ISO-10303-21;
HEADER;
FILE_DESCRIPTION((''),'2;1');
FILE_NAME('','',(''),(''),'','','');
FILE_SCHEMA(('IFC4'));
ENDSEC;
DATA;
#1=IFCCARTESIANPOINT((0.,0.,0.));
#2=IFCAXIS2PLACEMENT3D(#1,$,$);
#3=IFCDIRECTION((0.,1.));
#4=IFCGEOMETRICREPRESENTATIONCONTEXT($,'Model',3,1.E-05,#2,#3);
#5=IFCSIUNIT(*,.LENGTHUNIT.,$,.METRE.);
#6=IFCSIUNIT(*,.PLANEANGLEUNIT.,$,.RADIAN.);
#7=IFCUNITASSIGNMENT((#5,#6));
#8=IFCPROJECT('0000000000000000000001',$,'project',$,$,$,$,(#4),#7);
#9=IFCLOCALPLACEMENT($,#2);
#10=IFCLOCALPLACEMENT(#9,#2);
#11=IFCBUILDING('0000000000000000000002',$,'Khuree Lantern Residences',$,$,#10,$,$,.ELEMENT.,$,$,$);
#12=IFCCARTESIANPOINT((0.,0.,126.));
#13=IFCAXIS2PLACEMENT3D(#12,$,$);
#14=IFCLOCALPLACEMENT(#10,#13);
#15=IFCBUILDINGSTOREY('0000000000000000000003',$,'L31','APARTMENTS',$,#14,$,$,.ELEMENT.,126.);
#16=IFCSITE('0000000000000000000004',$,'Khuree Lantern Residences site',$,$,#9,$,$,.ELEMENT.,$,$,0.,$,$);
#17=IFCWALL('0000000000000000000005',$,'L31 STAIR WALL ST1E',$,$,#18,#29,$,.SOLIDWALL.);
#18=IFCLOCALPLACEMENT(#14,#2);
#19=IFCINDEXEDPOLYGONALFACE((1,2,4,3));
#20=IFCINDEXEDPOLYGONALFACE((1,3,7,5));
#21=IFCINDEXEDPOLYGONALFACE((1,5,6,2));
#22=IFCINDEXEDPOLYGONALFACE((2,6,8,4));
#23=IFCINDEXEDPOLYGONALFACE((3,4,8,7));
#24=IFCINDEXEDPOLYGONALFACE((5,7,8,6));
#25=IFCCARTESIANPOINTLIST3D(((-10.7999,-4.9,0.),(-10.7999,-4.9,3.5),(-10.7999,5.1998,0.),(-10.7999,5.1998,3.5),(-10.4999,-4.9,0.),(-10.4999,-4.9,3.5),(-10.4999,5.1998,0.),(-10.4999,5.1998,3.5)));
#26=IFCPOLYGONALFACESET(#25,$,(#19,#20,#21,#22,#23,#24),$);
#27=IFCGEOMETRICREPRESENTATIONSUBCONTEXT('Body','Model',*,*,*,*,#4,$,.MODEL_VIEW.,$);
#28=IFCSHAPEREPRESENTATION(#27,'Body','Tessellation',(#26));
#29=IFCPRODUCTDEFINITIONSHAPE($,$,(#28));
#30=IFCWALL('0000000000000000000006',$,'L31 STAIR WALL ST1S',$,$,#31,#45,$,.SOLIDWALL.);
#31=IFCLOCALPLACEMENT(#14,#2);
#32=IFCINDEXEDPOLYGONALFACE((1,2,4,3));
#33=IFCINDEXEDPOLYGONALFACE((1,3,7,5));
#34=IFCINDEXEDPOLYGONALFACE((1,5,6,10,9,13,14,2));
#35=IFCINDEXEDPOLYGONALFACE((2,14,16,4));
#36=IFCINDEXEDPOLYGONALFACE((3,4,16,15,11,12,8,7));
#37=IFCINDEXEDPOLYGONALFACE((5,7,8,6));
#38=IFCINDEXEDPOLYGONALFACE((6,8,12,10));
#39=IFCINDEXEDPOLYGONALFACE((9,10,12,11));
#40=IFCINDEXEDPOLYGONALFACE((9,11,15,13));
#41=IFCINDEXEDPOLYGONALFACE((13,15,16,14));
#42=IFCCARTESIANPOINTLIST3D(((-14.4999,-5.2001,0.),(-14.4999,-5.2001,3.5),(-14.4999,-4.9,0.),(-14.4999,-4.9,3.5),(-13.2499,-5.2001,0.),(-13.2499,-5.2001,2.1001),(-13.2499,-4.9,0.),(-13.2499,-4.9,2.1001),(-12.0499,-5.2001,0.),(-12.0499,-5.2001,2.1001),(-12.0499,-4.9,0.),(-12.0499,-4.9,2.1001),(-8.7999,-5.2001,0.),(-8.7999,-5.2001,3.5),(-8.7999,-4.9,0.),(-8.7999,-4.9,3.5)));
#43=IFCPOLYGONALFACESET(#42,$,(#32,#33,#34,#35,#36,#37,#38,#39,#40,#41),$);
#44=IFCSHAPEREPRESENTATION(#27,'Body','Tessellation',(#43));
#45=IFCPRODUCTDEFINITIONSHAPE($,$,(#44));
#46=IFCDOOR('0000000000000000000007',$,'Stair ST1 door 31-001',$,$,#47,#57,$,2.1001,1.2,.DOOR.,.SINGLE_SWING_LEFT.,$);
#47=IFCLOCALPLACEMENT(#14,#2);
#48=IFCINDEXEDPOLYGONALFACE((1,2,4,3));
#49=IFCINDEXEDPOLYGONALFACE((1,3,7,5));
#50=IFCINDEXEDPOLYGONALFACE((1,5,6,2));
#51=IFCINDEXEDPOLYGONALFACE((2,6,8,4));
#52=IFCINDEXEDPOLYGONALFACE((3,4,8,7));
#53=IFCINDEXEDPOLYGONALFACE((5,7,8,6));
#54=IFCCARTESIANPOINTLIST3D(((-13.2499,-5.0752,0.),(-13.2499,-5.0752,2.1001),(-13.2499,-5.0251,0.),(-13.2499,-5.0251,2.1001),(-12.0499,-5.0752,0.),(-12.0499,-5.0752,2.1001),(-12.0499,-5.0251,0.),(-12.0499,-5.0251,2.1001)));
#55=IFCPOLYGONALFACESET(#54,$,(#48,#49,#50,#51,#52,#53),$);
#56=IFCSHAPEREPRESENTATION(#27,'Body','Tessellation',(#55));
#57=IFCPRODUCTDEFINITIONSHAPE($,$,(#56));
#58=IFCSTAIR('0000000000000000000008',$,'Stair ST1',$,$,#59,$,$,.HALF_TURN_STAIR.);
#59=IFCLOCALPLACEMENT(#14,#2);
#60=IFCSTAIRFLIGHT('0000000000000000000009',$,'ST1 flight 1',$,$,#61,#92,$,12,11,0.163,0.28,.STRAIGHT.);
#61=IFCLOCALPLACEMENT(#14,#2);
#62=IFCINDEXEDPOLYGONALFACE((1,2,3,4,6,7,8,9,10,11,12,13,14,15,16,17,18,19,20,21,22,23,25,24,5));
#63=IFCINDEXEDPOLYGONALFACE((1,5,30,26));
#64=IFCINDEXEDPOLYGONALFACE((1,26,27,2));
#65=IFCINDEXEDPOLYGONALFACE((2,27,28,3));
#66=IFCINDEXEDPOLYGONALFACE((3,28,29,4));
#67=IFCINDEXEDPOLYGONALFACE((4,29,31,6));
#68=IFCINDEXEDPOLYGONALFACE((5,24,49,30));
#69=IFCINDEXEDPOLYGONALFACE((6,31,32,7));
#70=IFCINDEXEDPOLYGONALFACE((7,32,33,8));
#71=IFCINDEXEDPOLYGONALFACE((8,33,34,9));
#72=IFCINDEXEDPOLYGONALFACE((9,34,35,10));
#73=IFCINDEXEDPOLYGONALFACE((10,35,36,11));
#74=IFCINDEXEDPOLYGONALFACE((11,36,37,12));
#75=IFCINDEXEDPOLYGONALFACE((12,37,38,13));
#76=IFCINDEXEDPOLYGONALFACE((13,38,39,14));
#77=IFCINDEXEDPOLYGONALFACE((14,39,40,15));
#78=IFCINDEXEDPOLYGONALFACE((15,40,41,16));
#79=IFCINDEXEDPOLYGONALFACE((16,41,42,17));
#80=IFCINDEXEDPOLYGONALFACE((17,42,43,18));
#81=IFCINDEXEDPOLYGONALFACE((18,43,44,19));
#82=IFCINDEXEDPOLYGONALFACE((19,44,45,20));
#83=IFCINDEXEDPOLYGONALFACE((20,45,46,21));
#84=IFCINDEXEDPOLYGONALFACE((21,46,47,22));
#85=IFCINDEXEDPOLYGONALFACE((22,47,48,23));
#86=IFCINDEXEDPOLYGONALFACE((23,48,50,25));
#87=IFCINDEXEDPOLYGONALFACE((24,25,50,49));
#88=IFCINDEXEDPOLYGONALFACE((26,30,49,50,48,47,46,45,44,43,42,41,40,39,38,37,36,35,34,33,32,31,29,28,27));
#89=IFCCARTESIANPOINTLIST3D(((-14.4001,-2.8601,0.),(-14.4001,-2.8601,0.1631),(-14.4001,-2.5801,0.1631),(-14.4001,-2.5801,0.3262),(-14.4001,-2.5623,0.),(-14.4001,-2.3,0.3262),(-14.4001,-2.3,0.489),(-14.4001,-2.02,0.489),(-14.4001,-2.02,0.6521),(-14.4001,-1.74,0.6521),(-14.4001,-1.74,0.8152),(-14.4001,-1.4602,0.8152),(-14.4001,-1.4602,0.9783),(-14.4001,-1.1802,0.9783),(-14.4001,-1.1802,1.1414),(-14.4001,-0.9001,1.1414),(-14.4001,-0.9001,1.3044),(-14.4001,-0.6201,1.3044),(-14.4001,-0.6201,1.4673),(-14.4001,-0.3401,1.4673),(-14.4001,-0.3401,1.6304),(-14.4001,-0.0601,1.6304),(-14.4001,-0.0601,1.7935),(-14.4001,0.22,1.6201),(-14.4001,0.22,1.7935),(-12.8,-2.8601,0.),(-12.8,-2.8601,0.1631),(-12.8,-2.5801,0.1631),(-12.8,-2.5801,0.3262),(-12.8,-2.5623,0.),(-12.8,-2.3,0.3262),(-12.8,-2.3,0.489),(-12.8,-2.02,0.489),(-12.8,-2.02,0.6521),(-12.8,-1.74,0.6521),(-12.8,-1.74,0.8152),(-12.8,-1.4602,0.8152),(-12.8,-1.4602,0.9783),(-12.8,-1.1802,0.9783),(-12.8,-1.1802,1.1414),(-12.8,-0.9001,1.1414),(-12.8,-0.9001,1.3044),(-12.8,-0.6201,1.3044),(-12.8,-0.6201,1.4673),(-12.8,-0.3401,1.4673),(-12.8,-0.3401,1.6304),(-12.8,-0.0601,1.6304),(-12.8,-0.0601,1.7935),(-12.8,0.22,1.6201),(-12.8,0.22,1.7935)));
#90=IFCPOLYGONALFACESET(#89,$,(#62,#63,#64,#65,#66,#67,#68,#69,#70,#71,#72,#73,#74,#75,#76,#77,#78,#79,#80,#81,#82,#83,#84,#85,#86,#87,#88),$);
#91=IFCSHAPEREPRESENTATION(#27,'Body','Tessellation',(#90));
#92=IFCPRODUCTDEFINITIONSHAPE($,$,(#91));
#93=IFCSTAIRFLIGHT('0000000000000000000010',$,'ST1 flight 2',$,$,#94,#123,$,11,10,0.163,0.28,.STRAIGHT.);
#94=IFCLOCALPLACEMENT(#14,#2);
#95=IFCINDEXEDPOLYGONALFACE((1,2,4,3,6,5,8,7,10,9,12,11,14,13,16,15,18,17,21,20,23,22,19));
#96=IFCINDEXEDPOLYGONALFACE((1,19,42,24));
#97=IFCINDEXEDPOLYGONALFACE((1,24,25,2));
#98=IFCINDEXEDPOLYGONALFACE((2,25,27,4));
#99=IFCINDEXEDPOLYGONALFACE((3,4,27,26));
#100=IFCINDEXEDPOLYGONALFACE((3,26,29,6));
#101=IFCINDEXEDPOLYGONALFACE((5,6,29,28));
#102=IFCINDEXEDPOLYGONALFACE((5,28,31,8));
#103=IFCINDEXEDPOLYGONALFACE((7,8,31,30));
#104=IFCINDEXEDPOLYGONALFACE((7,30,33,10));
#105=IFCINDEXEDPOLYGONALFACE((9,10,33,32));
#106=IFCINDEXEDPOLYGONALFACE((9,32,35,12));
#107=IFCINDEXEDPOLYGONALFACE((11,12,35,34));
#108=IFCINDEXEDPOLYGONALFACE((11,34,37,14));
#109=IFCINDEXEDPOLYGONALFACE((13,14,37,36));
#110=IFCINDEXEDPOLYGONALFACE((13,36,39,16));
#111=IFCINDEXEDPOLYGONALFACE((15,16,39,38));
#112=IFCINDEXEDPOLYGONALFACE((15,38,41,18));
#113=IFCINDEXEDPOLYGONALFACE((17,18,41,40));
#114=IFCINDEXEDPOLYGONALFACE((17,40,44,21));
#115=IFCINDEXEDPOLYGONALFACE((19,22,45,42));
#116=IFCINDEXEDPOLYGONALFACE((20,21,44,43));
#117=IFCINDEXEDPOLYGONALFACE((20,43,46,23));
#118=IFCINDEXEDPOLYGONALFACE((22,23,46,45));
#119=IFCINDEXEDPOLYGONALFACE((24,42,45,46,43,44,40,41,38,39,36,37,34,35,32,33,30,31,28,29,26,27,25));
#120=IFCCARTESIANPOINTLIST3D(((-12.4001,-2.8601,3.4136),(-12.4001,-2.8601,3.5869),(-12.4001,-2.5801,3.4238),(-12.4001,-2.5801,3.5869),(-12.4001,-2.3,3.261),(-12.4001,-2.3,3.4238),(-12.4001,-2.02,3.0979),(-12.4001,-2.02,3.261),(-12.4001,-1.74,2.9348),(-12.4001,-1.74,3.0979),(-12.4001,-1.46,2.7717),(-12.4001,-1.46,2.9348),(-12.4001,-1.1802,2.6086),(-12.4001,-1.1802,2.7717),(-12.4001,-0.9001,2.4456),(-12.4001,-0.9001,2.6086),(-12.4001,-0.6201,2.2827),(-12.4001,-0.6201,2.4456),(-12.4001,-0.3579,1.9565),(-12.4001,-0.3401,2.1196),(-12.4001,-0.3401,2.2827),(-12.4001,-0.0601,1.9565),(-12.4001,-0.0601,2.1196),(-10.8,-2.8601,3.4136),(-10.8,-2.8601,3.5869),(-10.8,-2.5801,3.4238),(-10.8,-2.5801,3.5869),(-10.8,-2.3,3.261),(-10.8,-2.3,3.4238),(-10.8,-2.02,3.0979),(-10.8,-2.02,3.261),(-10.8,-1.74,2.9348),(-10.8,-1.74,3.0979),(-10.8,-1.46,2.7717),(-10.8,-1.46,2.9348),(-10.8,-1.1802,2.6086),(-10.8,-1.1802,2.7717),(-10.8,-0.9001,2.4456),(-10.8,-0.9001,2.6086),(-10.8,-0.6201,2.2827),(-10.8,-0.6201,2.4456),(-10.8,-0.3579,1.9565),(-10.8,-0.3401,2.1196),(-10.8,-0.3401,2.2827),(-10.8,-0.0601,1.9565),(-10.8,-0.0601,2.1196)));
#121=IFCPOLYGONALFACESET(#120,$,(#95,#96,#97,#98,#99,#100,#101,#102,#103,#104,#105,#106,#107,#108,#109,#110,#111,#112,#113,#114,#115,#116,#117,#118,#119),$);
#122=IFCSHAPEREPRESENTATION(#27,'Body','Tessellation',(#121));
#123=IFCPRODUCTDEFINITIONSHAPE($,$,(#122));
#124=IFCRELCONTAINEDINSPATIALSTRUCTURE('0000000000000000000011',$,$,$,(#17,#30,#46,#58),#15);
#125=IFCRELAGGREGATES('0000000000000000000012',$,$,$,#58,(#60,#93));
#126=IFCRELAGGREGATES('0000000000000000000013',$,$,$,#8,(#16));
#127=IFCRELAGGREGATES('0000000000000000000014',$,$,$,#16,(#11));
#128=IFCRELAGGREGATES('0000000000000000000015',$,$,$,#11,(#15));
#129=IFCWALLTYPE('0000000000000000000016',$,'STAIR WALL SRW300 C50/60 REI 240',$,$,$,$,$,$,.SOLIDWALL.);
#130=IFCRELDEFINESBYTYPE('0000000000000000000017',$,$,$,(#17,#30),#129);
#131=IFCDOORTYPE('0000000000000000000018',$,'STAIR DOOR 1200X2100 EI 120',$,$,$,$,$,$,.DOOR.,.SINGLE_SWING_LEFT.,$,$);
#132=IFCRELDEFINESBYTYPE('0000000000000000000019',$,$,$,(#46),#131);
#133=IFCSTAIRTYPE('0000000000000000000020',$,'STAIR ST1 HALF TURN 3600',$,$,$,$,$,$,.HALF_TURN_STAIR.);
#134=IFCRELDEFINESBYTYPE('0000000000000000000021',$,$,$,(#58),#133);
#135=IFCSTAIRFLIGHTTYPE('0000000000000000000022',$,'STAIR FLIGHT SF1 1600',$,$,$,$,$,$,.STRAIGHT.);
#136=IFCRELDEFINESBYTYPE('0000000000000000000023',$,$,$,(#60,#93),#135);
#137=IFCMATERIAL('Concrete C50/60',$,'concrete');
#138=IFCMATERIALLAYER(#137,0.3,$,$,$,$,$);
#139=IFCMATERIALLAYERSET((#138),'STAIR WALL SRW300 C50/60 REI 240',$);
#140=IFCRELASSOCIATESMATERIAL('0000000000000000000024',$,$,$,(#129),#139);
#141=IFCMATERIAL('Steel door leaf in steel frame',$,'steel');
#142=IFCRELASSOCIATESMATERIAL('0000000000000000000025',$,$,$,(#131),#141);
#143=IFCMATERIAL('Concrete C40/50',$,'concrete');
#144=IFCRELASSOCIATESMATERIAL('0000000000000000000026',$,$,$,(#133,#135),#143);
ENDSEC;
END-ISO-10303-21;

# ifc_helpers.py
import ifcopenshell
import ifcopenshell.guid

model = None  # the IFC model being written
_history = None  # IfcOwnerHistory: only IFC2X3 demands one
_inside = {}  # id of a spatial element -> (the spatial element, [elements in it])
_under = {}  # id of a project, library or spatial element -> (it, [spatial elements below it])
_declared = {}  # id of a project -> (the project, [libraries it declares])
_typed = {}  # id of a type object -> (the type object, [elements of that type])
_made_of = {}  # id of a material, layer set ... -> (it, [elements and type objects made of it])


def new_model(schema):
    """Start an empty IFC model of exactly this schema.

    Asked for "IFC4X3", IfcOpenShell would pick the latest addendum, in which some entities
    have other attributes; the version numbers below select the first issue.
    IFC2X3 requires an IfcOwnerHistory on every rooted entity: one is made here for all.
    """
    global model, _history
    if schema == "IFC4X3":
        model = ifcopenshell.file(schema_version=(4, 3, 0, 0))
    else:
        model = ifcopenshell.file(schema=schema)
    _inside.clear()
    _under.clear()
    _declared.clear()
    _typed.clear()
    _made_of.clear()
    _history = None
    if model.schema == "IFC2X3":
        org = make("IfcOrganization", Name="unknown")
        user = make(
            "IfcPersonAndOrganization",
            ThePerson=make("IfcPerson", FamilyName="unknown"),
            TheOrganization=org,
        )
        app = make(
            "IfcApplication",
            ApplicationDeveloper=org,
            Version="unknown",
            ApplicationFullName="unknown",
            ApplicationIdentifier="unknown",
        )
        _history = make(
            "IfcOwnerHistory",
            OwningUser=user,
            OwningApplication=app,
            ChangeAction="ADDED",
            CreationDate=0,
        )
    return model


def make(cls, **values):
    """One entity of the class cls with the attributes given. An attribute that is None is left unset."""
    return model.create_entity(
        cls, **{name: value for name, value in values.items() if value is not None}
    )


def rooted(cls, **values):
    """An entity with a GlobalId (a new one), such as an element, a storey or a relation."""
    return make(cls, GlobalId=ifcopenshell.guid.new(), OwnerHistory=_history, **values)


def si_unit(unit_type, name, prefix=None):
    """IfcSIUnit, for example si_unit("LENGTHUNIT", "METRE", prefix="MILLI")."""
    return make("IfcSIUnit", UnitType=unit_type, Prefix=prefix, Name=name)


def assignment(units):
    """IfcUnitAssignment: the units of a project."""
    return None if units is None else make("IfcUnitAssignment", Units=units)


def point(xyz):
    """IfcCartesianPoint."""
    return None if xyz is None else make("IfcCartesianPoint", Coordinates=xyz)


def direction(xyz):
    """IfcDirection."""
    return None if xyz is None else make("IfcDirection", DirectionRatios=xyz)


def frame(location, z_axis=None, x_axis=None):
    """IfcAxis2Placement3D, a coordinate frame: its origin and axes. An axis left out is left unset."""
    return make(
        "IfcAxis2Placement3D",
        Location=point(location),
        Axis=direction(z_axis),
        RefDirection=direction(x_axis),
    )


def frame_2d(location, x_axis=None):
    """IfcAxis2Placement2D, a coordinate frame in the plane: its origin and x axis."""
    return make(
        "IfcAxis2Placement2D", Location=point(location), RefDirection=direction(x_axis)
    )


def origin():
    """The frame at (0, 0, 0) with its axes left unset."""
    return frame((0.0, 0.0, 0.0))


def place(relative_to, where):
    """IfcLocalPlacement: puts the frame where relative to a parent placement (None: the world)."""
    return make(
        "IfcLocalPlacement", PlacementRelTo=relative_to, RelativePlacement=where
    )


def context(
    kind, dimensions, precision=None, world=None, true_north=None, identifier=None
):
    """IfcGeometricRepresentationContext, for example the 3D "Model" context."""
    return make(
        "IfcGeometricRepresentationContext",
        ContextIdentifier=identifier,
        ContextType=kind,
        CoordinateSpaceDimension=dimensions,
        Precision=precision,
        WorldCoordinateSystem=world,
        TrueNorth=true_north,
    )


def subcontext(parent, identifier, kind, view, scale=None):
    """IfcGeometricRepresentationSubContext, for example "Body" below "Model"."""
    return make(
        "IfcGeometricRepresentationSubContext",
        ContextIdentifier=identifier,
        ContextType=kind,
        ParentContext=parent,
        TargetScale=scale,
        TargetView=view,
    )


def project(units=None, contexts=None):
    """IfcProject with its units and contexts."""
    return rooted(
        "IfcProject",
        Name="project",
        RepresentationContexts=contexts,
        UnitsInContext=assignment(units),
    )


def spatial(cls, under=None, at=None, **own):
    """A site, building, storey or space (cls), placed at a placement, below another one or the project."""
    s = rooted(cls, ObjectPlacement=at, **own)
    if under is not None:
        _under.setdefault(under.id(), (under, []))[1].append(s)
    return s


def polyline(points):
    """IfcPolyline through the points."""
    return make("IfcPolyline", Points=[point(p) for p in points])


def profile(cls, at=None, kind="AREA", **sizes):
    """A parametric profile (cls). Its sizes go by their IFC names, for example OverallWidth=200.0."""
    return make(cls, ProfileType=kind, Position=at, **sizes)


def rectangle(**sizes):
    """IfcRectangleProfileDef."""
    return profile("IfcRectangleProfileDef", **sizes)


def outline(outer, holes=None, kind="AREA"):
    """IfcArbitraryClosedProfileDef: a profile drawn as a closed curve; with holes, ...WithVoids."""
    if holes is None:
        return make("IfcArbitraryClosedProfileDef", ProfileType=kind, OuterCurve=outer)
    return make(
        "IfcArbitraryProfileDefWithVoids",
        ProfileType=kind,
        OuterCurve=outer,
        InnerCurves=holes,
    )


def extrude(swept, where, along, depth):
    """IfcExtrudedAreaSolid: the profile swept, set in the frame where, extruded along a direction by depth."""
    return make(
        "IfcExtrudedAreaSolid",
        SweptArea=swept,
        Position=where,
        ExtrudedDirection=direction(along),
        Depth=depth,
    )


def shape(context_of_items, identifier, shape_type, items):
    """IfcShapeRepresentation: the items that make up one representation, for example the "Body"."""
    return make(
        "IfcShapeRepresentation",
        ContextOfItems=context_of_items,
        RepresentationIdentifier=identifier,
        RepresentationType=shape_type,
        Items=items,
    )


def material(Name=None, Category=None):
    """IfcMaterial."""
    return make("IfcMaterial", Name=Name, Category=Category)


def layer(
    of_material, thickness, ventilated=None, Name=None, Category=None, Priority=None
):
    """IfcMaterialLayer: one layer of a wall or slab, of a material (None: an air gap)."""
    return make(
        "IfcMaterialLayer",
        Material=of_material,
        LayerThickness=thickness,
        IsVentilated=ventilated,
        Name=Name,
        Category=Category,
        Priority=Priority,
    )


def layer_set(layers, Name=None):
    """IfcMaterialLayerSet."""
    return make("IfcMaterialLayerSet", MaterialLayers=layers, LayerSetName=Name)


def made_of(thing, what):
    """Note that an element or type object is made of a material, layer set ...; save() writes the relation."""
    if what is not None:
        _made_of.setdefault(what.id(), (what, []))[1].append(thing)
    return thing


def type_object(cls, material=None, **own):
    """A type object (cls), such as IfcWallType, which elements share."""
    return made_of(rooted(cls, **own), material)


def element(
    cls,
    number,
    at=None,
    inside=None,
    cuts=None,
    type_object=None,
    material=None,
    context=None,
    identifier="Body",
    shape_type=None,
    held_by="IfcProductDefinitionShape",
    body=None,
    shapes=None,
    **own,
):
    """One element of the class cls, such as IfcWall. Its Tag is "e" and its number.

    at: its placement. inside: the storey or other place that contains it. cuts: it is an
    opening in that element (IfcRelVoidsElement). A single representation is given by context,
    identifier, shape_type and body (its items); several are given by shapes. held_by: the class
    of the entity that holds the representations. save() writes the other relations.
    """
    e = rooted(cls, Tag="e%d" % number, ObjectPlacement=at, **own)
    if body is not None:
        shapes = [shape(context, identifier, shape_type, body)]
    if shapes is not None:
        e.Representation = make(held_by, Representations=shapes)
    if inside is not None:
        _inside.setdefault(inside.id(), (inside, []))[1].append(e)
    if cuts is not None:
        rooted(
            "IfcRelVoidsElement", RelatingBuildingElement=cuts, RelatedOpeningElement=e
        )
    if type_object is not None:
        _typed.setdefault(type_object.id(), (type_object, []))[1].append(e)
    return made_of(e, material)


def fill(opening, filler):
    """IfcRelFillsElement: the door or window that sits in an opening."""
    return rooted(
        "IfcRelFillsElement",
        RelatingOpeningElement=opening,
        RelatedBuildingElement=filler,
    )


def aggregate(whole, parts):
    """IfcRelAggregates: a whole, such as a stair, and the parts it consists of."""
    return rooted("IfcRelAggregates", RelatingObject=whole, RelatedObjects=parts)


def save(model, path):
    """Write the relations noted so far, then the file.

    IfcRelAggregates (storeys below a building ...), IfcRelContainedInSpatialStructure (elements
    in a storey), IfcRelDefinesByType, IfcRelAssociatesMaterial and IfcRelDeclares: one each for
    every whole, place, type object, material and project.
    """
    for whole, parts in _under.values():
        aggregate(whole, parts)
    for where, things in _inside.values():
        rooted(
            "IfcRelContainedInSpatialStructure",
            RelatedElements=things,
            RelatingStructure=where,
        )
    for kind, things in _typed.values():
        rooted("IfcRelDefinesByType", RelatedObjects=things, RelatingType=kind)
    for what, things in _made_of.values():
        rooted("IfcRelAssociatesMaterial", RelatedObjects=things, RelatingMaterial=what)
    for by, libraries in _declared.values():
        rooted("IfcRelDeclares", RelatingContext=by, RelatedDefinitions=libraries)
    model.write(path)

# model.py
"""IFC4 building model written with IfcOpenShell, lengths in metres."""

from ifc_helpers import new_model, si_unit, direction, frame, frame_2d, origin, place, context, subcontext, project, spatial, polyline, rectangle, outline, extrude, material, layer, layer_set, type_object, element, fill, aggregate, save


model = new_model("IFC4")

# Units and contexts
model_context = context("Model", 3, precision=1e-05, world=origin(), true_north=direction((0.0, 1.0)))
body_context = subcontext(model_context, "Body", "Model", "MODEL_VIEW")
ifc_project = project(units=[si_unit("LENGTHUNIT", "METRE"), si_unit("PLANEANGLEUNIT", "RADIAN")], contexts=[model_context])

# Site, building, storey
site_placement = place(None, origin())
site = spatial("IfcSite", under=ifc_project, at=site_placement, Name="Khuree Lantern Residences site", CompositionType="ELEMENT", RefElevation=0.0)
building_placement = place(site_placement, origin())
building = spatial("IfcBuilding", under=site, at=building_placement, Name="Khuree Lantern Residences", CompositionType="ELEMENT")
storey_placement = place(building_placement, frame((0.0, 0.0, 126.0)))
storey = spatial("IfcBuildingStorey", under=building, at=storey_placement, Name="L31", Description="APARTMENTS", CompositionType="ELEMENT", Elevation=126.0)

# Shared definitions
ifc_material_1 = material(Name="Steel door leaf in steel frame", Category="steel")

# Wall
ifc_material_2 = material(Name="Concrete C50/60", Category="concrete")
ifc_layer_1 = layer(ifc_material_2, 0.3)
ifc_layer_set_1 = layer_set([ifc_layer_1], Name="STAIR WALL SRW300 C50/60 REI 240")
wall_type_1 = type_object("IfcWallType", Name="STAIR WALL SRW300 C50/60 REI 240", PredefinedType="SOLIDWALL", material=ifc_layer_set_1)
wall_1_placement = place(storey_placement, frame((-10.6499, -4.8999, 0.0), z_axis=(0.0, 0.0, 1.0), x_axis=(0.0, 1.0, 0.0)))
element("IfcWall", 1, at=wall_1_placement, inside=storey, type_object=wall_type_1, Name="L31 STAIR WALL ST1E", PredefinedType="SOLIDWALL", context=body_context, shape_type="SweptSolid", body=[
    extrude(rectangle(XDim=10.0999, YDim=0.3, at=frame_2d((5.0498, 0.0))), origin(), (0.0, 0.0, 1.0), 3.5),
])

# Wall, opening, door
wall_2_placement = place(storey_placement, frame((-14.5, -5.05, 0.0), z_axis=(0.0, 0.0, 1.0), x_axis=(1.0, 0.0, 0.0)))
wall_2 = element("IfcWall", 2, at=wall_2_placement, inside=storey, type_object=wall_type_1, Name="L31 STAIR WALL ST1S", PredefinedType="SOLIDWALL", context=body_context, shape_type="SweptSolid", body=[
    extrude(rectangle(XDim=5.7, YDim=0.3, at=frame_2d((2.8501, 0.0))), origin(), (0.0, 0.0, 1.0), 3.5),
])
opening_1_placement = place(wall_2_placement, frame((1.25, 0.0, 0.0)))
opening_1 = element("IfcOpeningElement", 3, at=opening_1_placement, cuts=wall_2, PredefinedType="OPENING", context=body_context, shape_type="SweptSolid", body=[
    extrude(rectangle(XDim=1.2, YDim=2.1001, at=frame_2d((0.6001, 1.05))), frame((0.0, 0.1602, 0.0), z_axis=(0.0, -1.0, 0.0), x_axis=(1.0, 0.0, 0.0)), (0.0, 0.0, 1.0), 0.3201),
])
door_type_1 = type_object("IfcDoorType", Name="STAIR DOOR 1200X2100 EI 120", OperationType="SINGLE_SWING_LEFT", PredefinedType="DOOR", material=ifc_material_1)
door_1_placement = place(opening_1_placement, origin())
door_1 = element("IfcDoor", 4, at=door_1_placement, inside=storey, type_object=door_type_1, Name="Stair ST1 door 31-001", OperationType="SINGLE_SWING_LEFT", OverallHeight=2.1001, OverallWidth=1.2, PredefinedType="DOOR", context=body_context, shape_type="SweptSolid", body=[
    extrude(rectangle(XDim=1.2, YDim=2.1001, at=frame_2d((0.6001, 1.05))), frame((0.0, 0.0249, 0.0), z_axis=(0.0, -1.0, 0.0), x_axis=(1.0, 0.0, 0.0)), (0.0, 0.0, 1.0), 0.05),
])
fill(opening_1, door_1)

# Stair, stair flights
ifc_material_3 = material(Name="Concrete C40/50", Category="concrete")
stair_type = type_object("IfcStairType", Name="STAIR ST1 HALF TURN 3600", PredefinedType="HALF_TURN_STAIR", material=ifc_material_3)
stair_placement = place(storey_placement, origin())
stair = element("IfcStair", 5, at=stair_placement, inside=storey, type_object=stair_type, Name="Stair ST1", PredefinedType="HALF_TURN_STAIR")
stair_flight_type = type_object("IfcStairFlightType", Name="STAIR FLIGHT SF1 1600", PredefinedType="STRAIGHT", material=ifc_material_3)
stair_flight_1_placement = place(storey_placement, frame((-13.6001, -2.8601, 0.0), z_axis=(0.0, 0.0, 1.0), x_axis=(0.0, 1.0, 0.0)))
stair_flight_1 = element("IfcStairFlight", 6, at=stair_flight_1_placement, type_object=stair_flight_type, Name="ST1 flight 1", NumberOfRisers=12, NumberOfTreads=11, PredefinedType="STRAIGHT", RiserHeight=0.163, TreadLength=0.28, context=body_context, shape_type="SweptSolid", body=[
    extrude(outline(polyline([(0.0, 0.0), (0.0, 0.1631), (0.28, 0.1631), (0.28, 0.3262), (0.5601, 0.3262), (0.5601, 0.489), (0.8401, 0.489), (0.8401, 0.6521), (1.1201, 0.6521), (1.1201, 0.8152), (1.3999, 0.8152), (1.3999, 0.9783), (1.6799, 0.9783), (1.6799, 1.1414), (1.96, 1.1414), (1.96, 1.3044), (2.24, 1.3044), (2.24, 1.4673), (2.52, 1.4673), (2.52, 1.6304), (2.8, 1.6304), (2.8, 1.7935), (3.0801, 1.7935), (3.0801, 1.9565), (3.0801, 1.6201), (0.2979, 0.0), (0.0, 0.0)])), frame((0.0, 0.8, 0.0), z_axis=(0.0, -1.0, 0.0), x_axis=(1.0, 0.0, 0.0)), (0.0, 0.0, 1.0), 1.6001),
])
stair_flight_2_placement = place(storey_placement, frame((-11.6001, -0.0601, 1.9565), z_axis=(0.0, 0.0, 1.0), x_axis=(0.0, -1.0, 0.0)))
stair_flight_2 = element("IfcStairFlight", 7, at=stair_flight_2_placement, type_object=stair_flight_type, Name="ST1 flight 2", NumberOfRisers=11, NumberOfTreads=10, PredefinedType="STRAIGHT", RiserHeight=0.163, TreadLength=0.28, context=body_context, shape_type="SweptSolid", body=[
    extrude(outline(polyline([(0.0, 0.0), (0.0, 0.1631), (0.28, 0.1631), (0.28, 0.3262), (0.5601, 0.3262), (0.5601, 0.489), (0.8401, 0.489), (0.8401, 0.6521), (1.1201, 0.6521), (1.1201, 0.8152), (1.3999, 0.8152), (1.3999, 0.9783), (1.6799, 0.9783), (1.6799, 1.1414), (1.96, 1.1414), (1.96, 1.3044), (2.24, 1.3044), (2.24, 1.4673), (2.52, 1.4673), (2.52, 1.6304), (2.8, 1.6304), (2.8, 1.7935), (2.8, 1.457), (0.2979, 0.0), (0.0, 0.0)])), frame((0.0, 0.8, 0.0), z_axis=(0.0, -1.0, 0.0), x_axis=(1.0, 0.0, 0.0)), (0.0, 0.0, 1.0), 1.6001),
])
aggregate(stair, [stair_flight_1, stair_flight_2])

save(model, "model.ifc")
